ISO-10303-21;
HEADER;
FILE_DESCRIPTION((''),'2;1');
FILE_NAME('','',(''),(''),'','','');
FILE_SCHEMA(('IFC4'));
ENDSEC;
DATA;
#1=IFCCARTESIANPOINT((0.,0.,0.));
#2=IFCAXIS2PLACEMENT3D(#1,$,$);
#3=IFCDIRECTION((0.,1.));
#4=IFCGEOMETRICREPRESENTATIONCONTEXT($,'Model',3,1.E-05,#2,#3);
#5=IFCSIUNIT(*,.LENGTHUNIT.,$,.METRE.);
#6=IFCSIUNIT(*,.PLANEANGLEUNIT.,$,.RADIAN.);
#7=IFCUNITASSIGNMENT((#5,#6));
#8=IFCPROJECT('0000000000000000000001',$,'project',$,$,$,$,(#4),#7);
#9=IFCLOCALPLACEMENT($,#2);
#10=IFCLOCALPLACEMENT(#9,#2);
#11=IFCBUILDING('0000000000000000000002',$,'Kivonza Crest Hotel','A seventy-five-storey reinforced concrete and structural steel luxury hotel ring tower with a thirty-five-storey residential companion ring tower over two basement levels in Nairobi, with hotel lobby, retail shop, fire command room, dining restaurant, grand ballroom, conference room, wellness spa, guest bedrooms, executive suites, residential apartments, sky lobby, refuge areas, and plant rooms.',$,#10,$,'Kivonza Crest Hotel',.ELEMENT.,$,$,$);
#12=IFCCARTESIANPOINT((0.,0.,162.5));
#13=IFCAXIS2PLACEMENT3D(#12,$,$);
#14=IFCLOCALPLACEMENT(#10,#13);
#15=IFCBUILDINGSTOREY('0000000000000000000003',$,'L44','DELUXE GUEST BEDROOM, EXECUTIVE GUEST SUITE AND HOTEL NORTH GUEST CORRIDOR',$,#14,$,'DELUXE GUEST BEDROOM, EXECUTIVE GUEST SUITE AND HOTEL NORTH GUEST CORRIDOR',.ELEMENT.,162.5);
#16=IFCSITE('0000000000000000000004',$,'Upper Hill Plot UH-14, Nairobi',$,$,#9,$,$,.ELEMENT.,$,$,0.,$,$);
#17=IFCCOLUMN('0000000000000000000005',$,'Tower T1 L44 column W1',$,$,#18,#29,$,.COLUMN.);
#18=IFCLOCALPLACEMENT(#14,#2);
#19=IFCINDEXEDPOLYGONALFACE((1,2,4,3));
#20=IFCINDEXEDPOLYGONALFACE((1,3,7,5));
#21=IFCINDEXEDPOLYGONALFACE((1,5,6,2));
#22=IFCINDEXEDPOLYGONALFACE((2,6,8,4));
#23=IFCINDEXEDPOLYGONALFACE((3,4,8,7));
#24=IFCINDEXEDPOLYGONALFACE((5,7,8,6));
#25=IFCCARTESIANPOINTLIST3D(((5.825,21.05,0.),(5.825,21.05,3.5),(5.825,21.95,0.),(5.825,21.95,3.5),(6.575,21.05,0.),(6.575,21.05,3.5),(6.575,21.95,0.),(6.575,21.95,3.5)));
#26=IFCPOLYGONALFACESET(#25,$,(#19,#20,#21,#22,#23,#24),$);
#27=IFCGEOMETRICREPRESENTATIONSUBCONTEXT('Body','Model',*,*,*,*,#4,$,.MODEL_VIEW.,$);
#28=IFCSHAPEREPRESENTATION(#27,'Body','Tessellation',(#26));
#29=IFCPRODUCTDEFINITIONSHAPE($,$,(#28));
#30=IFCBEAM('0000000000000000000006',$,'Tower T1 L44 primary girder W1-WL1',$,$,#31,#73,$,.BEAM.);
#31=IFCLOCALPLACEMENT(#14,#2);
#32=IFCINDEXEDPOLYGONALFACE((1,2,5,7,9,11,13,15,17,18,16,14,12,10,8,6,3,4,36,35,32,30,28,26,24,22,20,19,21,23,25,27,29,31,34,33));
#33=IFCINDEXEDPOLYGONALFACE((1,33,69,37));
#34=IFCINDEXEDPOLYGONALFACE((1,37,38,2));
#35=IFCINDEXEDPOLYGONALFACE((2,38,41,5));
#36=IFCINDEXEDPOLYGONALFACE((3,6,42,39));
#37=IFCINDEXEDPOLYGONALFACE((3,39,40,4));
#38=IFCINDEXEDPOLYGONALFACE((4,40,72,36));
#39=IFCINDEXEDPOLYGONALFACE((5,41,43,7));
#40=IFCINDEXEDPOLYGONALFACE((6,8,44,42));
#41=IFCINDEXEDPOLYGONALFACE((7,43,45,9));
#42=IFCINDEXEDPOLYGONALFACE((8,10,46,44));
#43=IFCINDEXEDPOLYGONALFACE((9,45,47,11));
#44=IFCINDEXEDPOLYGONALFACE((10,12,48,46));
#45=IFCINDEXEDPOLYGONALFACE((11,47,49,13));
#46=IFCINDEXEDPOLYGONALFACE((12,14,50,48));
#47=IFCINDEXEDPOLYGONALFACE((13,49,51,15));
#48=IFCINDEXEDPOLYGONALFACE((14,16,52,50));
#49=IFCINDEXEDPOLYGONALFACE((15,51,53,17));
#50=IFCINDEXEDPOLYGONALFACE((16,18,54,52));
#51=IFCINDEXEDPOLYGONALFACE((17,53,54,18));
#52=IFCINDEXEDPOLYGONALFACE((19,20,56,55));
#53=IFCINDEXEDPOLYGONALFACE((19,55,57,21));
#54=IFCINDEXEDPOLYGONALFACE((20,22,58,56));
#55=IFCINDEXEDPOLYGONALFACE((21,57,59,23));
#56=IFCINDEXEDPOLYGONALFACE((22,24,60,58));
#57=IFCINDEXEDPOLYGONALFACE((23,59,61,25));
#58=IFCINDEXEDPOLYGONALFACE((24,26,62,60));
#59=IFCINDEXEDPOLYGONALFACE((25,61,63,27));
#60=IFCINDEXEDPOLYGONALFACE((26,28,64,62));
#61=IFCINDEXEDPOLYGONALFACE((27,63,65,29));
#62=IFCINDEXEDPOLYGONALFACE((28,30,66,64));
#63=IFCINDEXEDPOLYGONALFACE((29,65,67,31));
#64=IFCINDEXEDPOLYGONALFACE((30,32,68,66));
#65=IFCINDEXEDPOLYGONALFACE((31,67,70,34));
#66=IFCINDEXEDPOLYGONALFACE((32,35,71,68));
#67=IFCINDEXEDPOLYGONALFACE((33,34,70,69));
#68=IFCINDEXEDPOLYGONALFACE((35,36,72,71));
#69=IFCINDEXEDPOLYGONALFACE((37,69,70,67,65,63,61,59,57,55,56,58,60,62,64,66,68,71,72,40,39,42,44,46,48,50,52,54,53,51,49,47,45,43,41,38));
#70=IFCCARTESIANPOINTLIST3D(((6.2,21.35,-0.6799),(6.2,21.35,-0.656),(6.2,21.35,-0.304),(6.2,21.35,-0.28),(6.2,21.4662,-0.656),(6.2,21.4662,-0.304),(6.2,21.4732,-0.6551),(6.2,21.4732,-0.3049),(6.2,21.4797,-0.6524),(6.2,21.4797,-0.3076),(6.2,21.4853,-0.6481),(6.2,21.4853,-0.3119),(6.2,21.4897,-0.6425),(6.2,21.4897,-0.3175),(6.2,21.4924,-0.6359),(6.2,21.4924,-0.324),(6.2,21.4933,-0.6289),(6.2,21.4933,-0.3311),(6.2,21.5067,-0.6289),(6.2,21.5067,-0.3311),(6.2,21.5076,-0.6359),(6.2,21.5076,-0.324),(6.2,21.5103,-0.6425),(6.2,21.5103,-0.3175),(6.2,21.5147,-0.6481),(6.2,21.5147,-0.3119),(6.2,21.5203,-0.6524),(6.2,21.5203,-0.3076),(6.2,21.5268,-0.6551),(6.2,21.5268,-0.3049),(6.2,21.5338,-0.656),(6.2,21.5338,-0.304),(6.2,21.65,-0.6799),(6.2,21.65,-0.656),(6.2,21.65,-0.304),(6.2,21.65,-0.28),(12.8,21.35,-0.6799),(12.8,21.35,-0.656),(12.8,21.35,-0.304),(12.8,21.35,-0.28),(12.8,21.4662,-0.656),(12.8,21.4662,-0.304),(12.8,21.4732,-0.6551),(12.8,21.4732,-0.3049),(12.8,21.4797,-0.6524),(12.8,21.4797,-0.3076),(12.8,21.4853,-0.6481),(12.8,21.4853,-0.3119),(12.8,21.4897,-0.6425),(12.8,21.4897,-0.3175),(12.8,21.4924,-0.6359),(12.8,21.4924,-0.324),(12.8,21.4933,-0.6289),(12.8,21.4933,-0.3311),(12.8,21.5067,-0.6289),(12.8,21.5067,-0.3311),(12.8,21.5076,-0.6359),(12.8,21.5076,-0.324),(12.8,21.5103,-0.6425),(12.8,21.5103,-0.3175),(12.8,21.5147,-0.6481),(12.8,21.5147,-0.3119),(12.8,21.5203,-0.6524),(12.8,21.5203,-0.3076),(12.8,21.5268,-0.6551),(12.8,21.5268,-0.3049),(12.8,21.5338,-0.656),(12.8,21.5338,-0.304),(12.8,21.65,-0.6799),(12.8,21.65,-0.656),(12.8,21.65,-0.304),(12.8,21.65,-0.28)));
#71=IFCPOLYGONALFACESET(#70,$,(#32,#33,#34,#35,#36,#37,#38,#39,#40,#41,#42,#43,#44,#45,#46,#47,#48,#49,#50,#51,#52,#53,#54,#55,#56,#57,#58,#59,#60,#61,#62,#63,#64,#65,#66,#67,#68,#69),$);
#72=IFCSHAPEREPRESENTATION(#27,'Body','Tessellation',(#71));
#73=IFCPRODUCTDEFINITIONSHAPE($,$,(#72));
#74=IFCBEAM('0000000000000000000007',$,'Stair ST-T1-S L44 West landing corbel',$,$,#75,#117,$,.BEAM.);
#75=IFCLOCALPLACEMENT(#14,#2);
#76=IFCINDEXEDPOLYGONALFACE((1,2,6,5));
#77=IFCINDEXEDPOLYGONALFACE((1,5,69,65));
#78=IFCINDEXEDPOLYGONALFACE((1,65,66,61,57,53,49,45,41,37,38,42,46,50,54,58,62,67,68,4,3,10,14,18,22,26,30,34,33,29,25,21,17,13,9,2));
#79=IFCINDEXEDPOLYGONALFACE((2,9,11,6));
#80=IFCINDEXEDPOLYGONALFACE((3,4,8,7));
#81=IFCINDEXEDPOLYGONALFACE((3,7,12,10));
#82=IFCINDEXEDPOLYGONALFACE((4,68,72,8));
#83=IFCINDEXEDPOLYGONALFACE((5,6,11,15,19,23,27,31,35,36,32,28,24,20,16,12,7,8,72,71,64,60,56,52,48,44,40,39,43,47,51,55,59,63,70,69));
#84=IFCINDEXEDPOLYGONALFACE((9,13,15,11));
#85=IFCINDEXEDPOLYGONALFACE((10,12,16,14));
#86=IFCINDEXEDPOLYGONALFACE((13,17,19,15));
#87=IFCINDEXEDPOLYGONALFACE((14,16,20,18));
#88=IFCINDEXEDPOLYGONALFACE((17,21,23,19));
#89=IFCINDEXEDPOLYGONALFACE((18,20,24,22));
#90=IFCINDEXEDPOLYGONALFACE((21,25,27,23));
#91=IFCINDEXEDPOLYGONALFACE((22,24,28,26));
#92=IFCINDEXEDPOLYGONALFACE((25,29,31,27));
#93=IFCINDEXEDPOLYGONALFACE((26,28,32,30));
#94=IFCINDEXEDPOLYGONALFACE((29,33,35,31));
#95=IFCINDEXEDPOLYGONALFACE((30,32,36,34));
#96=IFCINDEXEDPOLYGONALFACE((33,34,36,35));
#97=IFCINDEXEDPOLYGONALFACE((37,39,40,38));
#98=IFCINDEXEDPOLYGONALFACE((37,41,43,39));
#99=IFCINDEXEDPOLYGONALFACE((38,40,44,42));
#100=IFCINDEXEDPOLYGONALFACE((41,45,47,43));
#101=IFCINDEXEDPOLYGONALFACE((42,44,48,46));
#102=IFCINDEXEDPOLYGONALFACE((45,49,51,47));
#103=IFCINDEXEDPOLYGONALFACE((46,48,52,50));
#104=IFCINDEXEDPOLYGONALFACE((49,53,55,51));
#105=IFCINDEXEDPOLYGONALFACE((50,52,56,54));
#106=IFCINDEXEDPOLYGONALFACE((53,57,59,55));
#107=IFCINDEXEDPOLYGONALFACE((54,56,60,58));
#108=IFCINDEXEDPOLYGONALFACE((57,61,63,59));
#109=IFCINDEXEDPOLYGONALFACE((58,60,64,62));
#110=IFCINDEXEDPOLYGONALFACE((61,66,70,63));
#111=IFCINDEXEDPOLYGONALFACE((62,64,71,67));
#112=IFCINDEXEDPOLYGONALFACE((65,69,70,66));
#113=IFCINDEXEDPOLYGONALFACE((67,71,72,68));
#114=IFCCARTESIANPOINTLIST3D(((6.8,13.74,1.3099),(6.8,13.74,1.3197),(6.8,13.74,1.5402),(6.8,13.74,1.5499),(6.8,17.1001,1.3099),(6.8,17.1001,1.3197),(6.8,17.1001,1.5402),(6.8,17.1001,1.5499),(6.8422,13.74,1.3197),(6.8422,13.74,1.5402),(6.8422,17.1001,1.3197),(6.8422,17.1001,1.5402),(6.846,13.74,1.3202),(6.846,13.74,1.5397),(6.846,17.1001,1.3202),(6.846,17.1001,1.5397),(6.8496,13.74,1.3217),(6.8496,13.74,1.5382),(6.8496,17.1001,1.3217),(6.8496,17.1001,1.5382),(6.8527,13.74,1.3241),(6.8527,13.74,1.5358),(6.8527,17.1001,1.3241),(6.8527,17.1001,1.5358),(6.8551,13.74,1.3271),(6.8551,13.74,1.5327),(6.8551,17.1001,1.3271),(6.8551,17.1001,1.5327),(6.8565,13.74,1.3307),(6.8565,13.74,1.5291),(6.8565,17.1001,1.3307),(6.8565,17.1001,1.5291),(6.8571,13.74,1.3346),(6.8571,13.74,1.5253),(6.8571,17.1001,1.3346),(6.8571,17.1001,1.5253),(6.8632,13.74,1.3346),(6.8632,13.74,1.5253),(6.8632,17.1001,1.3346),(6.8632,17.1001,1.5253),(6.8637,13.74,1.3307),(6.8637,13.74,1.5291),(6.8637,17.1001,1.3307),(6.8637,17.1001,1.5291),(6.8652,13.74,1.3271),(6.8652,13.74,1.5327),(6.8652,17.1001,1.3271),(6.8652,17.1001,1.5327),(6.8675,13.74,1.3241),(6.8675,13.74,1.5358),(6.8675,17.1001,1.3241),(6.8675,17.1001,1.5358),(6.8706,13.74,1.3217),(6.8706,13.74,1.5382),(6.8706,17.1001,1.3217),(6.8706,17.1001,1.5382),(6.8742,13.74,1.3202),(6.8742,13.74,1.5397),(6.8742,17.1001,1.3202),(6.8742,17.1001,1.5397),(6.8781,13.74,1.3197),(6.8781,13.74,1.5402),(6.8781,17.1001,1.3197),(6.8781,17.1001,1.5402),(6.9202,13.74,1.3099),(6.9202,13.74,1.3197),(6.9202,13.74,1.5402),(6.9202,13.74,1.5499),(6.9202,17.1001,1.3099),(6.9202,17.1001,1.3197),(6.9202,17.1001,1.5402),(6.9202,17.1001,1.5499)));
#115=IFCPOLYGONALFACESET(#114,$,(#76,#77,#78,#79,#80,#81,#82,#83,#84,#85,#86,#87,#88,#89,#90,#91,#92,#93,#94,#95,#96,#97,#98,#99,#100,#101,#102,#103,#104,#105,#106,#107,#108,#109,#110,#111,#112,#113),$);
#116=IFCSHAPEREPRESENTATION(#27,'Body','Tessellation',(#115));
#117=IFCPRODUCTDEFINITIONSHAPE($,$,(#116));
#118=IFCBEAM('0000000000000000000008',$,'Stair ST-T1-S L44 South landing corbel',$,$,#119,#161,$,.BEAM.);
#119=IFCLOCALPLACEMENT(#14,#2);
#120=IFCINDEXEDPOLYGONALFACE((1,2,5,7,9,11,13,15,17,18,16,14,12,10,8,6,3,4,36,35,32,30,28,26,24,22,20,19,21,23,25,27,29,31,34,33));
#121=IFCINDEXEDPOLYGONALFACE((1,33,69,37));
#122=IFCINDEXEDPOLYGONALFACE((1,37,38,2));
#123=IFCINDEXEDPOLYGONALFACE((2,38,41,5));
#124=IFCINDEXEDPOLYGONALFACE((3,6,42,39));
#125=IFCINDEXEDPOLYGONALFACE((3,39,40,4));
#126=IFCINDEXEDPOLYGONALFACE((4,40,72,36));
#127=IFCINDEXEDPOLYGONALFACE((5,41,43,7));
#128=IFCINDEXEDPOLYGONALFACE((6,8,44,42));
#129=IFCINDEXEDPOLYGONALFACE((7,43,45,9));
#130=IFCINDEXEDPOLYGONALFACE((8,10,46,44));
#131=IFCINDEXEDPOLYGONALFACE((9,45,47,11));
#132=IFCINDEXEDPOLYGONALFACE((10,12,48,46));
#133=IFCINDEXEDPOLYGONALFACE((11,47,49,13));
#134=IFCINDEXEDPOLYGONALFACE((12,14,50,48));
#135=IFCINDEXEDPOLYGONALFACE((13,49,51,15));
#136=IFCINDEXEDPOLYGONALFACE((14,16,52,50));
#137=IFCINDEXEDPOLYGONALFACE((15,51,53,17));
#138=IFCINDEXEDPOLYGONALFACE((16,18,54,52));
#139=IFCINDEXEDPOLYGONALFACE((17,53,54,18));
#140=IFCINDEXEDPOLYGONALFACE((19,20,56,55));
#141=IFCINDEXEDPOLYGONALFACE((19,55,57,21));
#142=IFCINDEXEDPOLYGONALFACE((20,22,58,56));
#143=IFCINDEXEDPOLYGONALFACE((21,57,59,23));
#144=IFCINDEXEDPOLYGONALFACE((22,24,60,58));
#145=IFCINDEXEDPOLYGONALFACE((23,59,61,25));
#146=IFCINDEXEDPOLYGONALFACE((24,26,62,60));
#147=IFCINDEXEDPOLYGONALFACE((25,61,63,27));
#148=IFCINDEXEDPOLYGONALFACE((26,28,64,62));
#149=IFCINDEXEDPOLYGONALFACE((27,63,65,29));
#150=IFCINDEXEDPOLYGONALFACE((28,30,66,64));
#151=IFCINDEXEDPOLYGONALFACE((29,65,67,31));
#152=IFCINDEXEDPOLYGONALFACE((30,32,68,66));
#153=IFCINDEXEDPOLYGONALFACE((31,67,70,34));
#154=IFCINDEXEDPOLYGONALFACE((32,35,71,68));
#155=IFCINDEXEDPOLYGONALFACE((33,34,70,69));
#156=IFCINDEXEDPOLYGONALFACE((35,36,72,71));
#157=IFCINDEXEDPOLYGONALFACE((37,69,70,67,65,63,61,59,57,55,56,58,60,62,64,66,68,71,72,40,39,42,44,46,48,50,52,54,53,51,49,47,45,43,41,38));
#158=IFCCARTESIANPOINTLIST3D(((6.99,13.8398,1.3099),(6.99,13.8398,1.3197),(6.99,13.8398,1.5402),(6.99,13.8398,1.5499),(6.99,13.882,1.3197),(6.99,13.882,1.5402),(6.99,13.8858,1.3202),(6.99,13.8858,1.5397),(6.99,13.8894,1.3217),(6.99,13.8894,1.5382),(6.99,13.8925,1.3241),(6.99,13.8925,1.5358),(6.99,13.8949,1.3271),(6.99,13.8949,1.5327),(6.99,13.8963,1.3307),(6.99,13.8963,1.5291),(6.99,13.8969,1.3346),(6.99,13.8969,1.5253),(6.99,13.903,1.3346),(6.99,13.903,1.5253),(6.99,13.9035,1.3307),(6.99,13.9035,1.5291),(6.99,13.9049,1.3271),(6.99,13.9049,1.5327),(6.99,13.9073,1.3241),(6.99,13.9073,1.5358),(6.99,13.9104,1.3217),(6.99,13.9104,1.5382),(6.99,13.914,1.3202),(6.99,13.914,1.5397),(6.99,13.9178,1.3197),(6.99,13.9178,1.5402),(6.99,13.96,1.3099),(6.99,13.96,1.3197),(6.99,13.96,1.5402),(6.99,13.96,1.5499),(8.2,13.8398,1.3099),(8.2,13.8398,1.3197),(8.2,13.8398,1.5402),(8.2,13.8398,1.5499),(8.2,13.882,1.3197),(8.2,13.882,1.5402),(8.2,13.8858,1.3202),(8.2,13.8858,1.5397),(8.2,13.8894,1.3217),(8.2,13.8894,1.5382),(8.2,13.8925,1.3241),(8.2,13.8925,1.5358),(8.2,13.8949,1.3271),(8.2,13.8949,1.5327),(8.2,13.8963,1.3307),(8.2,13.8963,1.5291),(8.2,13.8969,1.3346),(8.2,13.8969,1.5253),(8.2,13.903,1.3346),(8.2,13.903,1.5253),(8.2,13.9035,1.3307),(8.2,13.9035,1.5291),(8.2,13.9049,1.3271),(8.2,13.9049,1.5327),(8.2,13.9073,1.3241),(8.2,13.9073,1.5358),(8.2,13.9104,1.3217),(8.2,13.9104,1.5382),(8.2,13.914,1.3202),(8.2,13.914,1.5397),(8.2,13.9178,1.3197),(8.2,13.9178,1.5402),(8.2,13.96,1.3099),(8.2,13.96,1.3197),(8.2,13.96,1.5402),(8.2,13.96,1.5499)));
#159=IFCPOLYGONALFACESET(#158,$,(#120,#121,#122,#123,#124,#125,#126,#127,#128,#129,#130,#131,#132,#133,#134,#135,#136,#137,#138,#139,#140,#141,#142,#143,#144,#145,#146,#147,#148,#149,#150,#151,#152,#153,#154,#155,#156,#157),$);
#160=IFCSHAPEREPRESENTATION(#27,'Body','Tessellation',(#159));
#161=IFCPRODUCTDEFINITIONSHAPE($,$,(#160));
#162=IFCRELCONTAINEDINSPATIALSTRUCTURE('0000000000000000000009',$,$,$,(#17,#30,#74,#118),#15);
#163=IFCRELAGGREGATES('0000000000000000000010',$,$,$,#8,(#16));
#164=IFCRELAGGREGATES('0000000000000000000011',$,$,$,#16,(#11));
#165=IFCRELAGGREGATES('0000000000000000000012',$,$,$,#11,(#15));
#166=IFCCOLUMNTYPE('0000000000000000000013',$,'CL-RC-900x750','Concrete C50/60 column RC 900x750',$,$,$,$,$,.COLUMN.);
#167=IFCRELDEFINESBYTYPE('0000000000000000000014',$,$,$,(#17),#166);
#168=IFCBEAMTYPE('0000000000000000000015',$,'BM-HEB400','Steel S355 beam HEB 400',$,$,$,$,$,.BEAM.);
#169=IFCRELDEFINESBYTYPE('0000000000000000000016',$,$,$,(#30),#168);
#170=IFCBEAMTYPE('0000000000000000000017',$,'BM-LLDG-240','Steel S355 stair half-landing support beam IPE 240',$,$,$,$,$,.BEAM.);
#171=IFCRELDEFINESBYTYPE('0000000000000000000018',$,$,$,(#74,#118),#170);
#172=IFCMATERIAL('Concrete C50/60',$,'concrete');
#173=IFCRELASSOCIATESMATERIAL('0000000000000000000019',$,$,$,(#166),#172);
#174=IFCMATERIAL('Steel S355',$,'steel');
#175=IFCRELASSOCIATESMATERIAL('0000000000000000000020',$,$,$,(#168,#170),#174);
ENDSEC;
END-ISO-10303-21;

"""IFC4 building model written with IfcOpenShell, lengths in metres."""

from ifc_helpers import new_model, si_unit, direction, frame, origin, origin_2d, place, context, subcontext, project, spatial, rectangle, i_section, extrude, material, material_profile, profile_set, type_object, element, save


model = new_model("IFC4")

# Units and contexts
model_context = context("Model", 3, precision=1e-05, world=origin(), true_north=direction((0.0, 1.0)))
body_context = subcontext(model_context, "Body", "Model", "MODEL_VIEW")
ifc_project = project(units=[si_unit("LENGTHUNIT", "METRE"), si_unit("PLANEANGLEUNIT", "RADIAN")], contexts=[model_context])

# Site, building, storey
site_placement = place(None, origin())
site = spatial("IfcSite", under=ifc_project, at=site_placement, Name="Upper Hill Plot UH-14, Nairobi", CompositionType="ELEMENT", RefElevation=0.0)
building_placement = place(site_placement, origin())
building = spatial("IfcBuilding", under=site, at=building_placement, Name="Kivonza Crest Hotel", Description="A seventy-five-storey reinforced concrete and structural steel luxury hotel ring tower with a thirty-five-storey residential companion ring tower over two basement levels in Nairobi, with hotel lobby, retail shop, fire command room, dining restaurant, grand ballroom, conference room, wellness spa, guest bedrooms, executive suites, residential apartments, sky lobby, refuge areas, and plant rooms.", LongName="Kivonza Crest Hotel", CompositionType="ELEMENT")
storey_placement = place(building_placement, frame((0.0, 0.0, 162.5)))
storey = spatial("IfcBuildingStorey", under=building, at=storey_placement, Name="L44", Description="DELUXE GUEST BEDROOM, EXECUTIVE GUEST SUITE AND HOTEL NORTH GUEST CORRIDOR", LongName="DELUXE GUEST BEDROOM, EXECUTIVE GUEST SUITE AND HOTEL NORTH GUEST CORRIDOR", CompositionType="ELEMENT", Elevation=162.5)

# Column
ifc_material_1 = material(Name="Concrete C50/60", Category="concrete")
ifc_material_profile_1 = material_profile(ifc_material_1, rectangle(XDim=0.75, YDim=0.8999, at=origin_2d()), Name="RC 900x750")
ifc_profile_set_1 = profile_set([ifc_material_profile_1], Name="Concrete C50/60")
column_type = type_object("IfcColumnType", Name="CL-RC-900x750", Description="Concrete C50/60 column RC 900x750", PredefinedType="COLUMN", material=ifc_profile_set_1)
column_placement = place(storey_placement, frame((6.2, 21.5, 0.0), z_axis=(0.0, 0.0, 1.0), x_axis=(1.0, 0.0, 0.0)))
element("IfcColumn", 1, at=column_placement, inside=storey, type_object=column_type, Name="Tower T1 L44 column W1", PredefinedType="COLUMN", context=body_context, shape_type="SweptSolid", body=[
    extrude(rectangle(XDim=0.75, YDim=0.8999, at=origin_2d()), origin(), (0.0, 0.0, 1.0), 3.5),
])

# Beams
ifc_material_2 = material(Name="Steel S355", Category="steel")
ifc_material_profile_2 = material_profile(ifc_material_2, i_section(OverallWidth=0.3, OverallDepth=0.3999, WebThickness=0.0134, FlangeThickness=0.0239, FilletRadius=0.0271, at=origin_2d()), Name="HEB 400")
ifc_profile_set_2 = profile_set([ifc_material_profile_2], Name="Steel S355")
beam_type_1 = type_object("IfcBeamType", Name="BM-HEB400", Description="Steel S355 beam HEB 400", PredefinedType="BEAM", material=ifc_profile_set_2)
beam_1_placement = place(storey_placement, frame((6.2, 21.5, -0.48), z_axis=(1.0, 0.0, 0.0), x_axis=(0.0, 1.0, 0.0)))
element("IfcBeam", 2, at=beam_1_placement, inside=storey, type_object=beam_type_1, Name="Tower T1 L44 primary girder W1-WL1", PredefinedType="BEAM", context=body_context, shape_type="SweptSolid", body=[
    extrude(i_section(OverallWidth=0.3, OverallDepth=0.3999, WebThickness=0.0134, FlangeThickness=0.0239, FilletRadius=0.0271, at=origin_2d()), origin(), (0.0, 0.0, 1.0), 6.6001),
])
ifc_material_profile_3 = material_profile(ifc_material_2, i_section(OverallWidth=0.1201, OverallDepth=0.24, WebThickness=0.0061, FlangeThickness=0.0098, FilletRadius=0.0149, at=origin_2d()), Name="IPE 240")
ifc_profile_set_3 = profile_set([ifc_material_profile_3], Name="Steel S355")
beam_type_2 = type_object("IfcBeamType", Name="BM-LLDG-240", Description="Steel S355 stair half-landing support beam IPE 240", PredefinedType="BEAM", material=ifc_profile_set_3)
beam_2_placement = place(storey_placement, frame((6.8601, 13.74, 1.4299), z_axis=(0.0, 1.0, 0.0), x_axis=(-1.0, 0.0, 0.0)))
element("IfcBeam", 3, at=beam_2_placement, inside=storey, type_object=beam_type_2, Name="Stair ST-T1-S L44 West landing corbel", PredefinedType="BEAM", context=body_context, shape_type="SweptSolid", body=[
    extrude(i_section(OverallWidth=0.1201, OverallDepth=0.24, WebThickness=0.0061, FlangeThickness=0.0098, FilletRadius=0.0149, at=origin_2d()), origin(), (0.0, 0.0, 1.0), 3.3601),
])
for number, where, z_axis, x_axis, name in (
    (4, (6.99, 13.8999, 1.4299), (1.0, 0.0, 0.0), (0.0, 1.0, 0.0), "Stair ST-T1-S L44 South landing corbel"),
):
    element("IfcBeam", number, at=place(storey_placement, frame(where, z_axis=z_axis, x_axis=x_axis)), inside=storey, type_object=beam_type_2, Name=name, PredefinedType="BEAM", context=body_context, shape_type="SweptSolid", body=[
        extrude(i_section(OverallWidth=0.1201, OverallDepth=0.24, WebThickness=0.0061, FlangeThickness=0.0098, FilletRadius=0.0149, at=origin_2d()), origin(), (0.0, 0.0, 1.0), 1.21),
    ])

save(model, "model.ifc")
